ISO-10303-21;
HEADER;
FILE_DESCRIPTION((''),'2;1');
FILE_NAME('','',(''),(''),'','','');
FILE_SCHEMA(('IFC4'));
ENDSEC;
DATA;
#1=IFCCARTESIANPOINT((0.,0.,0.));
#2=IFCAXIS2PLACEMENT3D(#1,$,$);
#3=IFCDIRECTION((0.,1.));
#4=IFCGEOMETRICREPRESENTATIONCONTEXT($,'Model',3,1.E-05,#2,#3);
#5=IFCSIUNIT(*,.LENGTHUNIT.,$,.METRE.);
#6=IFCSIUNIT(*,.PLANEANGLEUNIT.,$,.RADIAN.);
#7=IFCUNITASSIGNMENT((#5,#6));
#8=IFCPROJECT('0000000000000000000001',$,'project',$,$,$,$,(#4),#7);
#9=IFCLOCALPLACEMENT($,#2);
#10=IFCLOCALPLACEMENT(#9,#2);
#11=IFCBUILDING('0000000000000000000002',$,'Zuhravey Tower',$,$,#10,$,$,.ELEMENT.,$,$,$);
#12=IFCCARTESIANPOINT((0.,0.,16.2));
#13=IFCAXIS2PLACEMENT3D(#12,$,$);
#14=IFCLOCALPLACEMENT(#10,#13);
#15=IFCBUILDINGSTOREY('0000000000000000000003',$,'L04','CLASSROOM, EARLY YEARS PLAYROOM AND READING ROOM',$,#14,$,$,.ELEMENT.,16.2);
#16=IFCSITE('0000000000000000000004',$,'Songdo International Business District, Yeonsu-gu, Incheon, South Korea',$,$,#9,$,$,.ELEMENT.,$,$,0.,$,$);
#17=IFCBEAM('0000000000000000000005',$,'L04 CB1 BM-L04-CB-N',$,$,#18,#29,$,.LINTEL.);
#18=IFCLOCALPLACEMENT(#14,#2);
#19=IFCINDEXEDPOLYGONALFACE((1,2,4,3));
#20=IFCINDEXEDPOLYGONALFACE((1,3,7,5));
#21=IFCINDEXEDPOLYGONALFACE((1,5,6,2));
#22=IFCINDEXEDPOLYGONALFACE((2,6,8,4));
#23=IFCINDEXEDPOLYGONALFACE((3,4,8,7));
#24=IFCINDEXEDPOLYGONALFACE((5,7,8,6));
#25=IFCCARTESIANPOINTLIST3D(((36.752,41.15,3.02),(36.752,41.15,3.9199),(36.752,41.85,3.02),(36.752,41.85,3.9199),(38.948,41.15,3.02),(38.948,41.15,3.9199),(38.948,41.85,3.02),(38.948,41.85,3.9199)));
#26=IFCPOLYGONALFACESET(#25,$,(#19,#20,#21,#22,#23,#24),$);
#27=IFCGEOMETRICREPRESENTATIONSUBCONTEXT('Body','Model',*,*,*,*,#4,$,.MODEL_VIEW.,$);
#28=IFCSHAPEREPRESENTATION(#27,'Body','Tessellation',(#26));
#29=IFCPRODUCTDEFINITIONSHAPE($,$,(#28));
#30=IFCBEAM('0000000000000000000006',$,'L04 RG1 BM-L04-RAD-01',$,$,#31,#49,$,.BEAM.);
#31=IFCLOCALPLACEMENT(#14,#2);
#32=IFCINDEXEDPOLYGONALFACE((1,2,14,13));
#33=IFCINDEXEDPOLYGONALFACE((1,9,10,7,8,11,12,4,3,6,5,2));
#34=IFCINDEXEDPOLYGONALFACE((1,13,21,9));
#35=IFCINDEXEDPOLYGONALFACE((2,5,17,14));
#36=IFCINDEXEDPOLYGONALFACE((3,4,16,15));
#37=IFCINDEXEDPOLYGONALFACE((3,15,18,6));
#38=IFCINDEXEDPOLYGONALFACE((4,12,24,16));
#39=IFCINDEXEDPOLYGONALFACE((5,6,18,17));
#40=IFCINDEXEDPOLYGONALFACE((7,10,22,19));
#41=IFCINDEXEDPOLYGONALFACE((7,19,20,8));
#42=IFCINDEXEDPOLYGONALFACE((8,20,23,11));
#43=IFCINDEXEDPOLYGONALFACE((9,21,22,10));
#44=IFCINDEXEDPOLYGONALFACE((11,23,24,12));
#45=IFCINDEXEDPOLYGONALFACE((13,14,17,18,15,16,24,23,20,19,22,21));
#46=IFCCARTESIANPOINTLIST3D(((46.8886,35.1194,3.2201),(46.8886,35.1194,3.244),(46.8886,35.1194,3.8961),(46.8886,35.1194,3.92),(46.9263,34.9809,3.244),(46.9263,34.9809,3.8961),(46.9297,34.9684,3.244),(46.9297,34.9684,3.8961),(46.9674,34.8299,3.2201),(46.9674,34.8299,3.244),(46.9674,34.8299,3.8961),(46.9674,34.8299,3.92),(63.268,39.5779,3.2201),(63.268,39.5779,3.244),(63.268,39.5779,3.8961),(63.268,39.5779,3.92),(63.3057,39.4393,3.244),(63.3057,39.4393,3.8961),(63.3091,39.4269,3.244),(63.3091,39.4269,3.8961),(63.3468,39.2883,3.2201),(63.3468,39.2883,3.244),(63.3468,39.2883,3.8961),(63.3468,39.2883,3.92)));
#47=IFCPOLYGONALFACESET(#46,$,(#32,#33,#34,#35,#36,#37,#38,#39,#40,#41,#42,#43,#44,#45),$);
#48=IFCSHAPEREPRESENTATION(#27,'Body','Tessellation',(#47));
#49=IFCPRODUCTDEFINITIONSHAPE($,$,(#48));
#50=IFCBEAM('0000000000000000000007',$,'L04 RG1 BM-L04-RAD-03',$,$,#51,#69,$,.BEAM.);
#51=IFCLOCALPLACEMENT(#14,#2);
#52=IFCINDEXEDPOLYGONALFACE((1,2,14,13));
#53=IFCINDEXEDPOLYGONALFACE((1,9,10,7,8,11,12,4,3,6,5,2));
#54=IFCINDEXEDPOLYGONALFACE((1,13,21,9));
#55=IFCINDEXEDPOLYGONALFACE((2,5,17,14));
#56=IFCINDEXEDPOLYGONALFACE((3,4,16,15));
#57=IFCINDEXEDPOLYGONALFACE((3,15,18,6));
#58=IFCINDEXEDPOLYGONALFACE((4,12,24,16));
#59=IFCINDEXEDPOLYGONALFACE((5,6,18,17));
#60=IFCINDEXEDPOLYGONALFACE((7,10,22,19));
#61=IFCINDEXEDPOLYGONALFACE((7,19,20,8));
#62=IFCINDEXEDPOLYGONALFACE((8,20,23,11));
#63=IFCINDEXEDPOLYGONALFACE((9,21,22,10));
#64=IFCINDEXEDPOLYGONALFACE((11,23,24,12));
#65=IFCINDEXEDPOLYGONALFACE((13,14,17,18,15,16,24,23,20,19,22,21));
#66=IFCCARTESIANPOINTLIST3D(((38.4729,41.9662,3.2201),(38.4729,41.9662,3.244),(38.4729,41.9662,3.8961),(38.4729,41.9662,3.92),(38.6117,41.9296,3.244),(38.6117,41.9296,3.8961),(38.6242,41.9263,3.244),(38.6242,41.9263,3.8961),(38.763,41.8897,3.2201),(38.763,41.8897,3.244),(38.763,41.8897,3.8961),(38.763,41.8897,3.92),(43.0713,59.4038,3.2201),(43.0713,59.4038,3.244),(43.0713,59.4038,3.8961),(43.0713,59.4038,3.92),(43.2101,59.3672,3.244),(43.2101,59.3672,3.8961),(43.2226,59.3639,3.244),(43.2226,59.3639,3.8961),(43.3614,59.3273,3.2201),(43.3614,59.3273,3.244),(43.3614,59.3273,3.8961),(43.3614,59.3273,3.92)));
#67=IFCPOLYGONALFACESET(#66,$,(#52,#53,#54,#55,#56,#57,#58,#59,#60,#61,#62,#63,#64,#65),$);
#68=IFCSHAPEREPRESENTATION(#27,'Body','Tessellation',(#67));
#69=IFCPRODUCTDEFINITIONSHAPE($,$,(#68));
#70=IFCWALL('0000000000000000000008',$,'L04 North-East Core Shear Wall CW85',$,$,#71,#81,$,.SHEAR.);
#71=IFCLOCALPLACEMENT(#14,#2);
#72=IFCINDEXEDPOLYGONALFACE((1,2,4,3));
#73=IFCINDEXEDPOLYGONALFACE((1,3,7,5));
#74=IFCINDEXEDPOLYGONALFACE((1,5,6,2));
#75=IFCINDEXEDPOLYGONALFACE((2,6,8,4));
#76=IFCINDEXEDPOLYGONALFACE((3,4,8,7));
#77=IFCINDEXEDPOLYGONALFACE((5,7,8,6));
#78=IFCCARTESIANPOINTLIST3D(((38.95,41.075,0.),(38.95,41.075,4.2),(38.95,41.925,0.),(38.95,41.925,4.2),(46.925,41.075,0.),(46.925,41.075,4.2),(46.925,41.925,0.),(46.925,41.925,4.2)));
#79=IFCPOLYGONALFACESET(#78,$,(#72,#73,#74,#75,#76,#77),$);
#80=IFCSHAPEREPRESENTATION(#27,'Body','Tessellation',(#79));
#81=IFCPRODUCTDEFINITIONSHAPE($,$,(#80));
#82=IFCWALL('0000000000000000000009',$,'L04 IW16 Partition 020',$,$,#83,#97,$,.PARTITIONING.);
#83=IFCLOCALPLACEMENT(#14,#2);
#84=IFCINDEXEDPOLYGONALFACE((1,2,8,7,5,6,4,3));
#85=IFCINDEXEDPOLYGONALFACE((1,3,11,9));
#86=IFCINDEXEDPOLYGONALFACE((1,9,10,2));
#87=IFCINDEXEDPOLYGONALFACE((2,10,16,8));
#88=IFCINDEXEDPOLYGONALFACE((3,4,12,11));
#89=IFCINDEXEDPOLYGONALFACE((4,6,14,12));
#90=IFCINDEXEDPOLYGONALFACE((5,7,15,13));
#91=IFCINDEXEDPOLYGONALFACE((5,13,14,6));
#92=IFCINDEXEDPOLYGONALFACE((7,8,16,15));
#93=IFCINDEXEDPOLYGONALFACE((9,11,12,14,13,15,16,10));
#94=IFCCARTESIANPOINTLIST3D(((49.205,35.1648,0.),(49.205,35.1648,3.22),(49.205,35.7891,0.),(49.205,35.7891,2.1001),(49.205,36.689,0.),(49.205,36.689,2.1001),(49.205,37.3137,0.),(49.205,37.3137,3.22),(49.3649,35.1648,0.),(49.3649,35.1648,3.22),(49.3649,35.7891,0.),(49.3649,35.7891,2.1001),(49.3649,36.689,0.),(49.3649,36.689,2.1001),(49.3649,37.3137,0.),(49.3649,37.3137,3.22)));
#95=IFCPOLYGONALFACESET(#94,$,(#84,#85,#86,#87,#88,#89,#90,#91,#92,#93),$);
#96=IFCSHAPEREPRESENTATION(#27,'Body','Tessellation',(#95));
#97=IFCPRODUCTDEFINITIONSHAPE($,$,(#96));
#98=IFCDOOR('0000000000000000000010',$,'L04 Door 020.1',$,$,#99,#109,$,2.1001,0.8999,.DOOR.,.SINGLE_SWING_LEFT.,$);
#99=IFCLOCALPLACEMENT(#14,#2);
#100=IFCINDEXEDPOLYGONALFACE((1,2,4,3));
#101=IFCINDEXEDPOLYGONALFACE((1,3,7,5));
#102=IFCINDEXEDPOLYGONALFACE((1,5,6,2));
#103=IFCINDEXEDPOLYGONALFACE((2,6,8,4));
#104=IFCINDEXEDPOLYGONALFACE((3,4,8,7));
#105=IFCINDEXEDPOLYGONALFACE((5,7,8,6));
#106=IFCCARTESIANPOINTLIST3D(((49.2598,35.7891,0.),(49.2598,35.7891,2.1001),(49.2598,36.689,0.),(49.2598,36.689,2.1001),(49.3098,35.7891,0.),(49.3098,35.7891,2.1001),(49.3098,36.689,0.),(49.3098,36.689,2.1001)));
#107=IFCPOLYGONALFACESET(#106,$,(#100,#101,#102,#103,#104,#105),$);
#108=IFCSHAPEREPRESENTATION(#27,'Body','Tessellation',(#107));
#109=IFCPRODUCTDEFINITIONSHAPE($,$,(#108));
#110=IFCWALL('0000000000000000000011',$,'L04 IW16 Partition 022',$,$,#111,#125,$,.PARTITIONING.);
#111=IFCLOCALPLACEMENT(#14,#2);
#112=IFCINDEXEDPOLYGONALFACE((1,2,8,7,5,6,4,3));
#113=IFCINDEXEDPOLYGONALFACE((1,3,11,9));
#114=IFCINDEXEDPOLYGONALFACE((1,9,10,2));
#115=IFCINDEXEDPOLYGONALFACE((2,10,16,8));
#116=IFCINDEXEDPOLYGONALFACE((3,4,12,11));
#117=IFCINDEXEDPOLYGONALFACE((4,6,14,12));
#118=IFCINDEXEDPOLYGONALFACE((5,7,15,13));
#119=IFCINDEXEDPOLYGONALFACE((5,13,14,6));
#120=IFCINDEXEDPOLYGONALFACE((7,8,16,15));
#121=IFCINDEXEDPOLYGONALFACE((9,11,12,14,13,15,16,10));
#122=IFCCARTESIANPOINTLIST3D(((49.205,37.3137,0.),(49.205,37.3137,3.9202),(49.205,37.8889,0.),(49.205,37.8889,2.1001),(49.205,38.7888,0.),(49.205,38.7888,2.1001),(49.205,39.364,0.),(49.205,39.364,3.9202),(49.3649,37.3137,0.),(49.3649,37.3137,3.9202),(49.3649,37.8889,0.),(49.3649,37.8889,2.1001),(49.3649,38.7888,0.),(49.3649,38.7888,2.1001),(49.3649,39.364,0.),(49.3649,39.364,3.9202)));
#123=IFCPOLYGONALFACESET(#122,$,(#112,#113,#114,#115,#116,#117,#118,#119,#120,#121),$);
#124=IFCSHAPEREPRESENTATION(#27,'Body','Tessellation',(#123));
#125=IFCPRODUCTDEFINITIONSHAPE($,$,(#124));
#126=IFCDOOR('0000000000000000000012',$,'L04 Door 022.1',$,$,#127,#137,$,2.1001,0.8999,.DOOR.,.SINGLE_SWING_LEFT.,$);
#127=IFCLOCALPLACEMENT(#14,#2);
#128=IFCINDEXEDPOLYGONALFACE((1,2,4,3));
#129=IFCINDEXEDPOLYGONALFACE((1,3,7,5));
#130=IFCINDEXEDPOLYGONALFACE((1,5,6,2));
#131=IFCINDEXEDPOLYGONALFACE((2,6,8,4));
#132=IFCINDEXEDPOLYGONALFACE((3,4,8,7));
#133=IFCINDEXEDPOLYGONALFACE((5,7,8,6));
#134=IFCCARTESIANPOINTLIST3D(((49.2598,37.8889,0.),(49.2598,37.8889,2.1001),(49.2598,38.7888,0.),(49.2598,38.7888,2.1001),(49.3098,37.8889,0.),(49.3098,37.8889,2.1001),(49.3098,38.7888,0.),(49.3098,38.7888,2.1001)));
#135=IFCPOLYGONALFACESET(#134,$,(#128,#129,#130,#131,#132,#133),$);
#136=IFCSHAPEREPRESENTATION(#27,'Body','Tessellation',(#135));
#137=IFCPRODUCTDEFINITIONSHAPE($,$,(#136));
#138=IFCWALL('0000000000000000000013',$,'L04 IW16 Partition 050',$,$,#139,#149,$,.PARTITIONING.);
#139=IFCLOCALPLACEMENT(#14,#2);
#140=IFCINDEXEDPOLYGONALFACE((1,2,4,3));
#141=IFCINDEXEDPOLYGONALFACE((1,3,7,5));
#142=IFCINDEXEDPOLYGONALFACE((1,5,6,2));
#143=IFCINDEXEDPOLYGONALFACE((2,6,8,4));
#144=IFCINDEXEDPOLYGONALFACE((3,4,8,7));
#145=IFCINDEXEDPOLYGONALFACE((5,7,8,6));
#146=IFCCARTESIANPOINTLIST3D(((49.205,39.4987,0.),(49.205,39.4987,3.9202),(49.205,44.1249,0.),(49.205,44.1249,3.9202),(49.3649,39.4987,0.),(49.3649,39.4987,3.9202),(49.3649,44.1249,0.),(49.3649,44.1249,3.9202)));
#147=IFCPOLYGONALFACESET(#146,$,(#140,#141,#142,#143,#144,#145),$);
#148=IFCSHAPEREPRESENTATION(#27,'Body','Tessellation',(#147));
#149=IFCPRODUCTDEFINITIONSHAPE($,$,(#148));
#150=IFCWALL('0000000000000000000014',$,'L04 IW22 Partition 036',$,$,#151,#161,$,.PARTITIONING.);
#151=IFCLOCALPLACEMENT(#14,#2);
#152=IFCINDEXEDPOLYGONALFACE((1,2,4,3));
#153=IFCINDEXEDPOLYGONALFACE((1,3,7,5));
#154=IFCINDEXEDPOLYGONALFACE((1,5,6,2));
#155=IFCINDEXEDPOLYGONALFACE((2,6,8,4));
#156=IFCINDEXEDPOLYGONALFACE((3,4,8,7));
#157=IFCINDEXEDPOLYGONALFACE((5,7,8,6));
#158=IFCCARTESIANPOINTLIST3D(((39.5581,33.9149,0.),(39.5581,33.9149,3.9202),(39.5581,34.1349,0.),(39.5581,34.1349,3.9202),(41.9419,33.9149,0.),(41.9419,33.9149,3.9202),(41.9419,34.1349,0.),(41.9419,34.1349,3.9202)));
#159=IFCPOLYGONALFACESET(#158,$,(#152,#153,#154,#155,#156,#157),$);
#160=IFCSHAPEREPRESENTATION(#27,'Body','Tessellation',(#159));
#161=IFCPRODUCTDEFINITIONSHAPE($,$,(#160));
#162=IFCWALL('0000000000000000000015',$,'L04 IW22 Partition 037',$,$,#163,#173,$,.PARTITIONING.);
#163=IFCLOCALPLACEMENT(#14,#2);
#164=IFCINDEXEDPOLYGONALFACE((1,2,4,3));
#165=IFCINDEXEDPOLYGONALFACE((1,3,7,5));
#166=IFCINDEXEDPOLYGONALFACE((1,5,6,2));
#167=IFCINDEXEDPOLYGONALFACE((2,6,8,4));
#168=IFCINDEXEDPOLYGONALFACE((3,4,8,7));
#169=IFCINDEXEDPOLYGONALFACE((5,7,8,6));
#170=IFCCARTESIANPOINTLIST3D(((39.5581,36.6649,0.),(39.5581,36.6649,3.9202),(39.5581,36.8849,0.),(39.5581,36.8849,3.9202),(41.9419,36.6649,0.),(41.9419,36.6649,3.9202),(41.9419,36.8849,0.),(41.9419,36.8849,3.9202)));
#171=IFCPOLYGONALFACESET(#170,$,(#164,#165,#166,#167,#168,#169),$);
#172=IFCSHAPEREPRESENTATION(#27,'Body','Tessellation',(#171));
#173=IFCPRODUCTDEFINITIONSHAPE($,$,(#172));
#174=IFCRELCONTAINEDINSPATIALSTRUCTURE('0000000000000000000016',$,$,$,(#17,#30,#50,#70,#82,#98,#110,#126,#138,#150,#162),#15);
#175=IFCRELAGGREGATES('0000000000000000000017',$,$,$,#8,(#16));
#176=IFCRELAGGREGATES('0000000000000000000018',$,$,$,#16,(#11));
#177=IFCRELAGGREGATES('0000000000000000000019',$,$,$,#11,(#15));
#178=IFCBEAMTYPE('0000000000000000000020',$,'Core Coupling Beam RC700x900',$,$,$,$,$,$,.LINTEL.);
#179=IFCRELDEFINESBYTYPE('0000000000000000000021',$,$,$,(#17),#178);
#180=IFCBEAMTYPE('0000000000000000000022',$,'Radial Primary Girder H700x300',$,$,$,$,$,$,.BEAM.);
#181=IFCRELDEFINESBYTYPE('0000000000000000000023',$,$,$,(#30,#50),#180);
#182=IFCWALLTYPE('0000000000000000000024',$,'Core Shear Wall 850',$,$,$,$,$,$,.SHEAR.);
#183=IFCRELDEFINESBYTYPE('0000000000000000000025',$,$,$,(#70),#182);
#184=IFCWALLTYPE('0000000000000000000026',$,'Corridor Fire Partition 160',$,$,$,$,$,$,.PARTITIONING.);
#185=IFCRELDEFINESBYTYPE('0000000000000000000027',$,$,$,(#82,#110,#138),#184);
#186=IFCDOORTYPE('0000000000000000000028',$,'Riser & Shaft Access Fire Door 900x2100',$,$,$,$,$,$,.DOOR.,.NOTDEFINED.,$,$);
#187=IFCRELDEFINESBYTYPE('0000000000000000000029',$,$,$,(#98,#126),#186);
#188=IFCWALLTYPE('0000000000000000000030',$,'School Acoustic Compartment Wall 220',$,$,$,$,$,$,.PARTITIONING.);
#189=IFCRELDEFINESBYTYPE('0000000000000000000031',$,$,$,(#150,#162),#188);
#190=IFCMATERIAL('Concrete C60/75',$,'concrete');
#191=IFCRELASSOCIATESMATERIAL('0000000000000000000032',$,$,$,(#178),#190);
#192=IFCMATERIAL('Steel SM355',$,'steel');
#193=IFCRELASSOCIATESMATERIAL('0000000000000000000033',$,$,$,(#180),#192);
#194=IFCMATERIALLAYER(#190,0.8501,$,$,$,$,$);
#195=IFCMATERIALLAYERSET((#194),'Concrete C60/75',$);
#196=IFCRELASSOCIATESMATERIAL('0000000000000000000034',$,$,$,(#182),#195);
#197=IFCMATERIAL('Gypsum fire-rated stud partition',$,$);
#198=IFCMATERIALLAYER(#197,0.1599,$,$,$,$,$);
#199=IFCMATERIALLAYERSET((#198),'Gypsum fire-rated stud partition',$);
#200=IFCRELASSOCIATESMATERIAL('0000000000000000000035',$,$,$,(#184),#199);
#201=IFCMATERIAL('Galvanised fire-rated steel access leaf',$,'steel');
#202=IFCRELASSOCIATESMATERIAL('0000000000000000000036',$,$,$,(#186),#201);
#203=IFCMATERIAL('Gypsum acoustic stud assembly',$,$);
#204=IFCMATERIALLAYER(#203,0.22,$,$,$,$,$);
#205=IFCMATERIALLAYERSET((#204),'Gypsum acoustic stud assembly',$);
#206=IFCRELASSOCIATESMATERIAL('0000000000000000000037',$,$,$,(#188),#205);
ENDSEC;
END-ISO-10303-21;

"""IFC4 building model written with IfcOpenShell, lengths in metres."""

from ifc_helpers import new_model, si_unit, direction, frame, frame_2d, origin, origin_2d, place, context, subcontext, project, spatial, rectangle, i_section, extrude, material, layer, layer_set, material_profile, profile_set, type_object, element, fill, save


model = new_model("IFC4")

# Units and contexts
model_context = context("Model", 3, precision=1e-05, world=origin(), true_north=direction((0.0, 1.0)))
body_context = subcontext(model_context, "Body", "Model", "MODEL_VIEW")
ifc_project = project(units=[si_unit("LENGTHUNIT", "METRE"), si_unit("PLANEANGLEUNIT", "RADIAN")], contexts=[model_context])

# Site, building, storey
site_placement = place(None, origin())
site = spatial("IfcSite", under=ifc_project, at=site_placement, Name="Songdo International Business District, Yeonsu-gu, Incheon, South Korea", CompositionType="ELEMENT", RefElevation=0.0)
building_placement = place(site_placement, origin())
building = spatial("IfcBuilding", under=site, at=building_placement, Name="Zuhravey Tower", CompositionType="ELEMENT")
storey_placement = place(building_placement, frame((0.0, 0.0, 16.2)))
storey = spatial("IfcBuildingStorey", under=building, at=storey_placement, Name="L04", Description="CLASSROOM, EARLY YEARS PLAYROOM AND READING ROOM", CompositionType="ELEMENT", Elevation=16.2)

# Beams
ifc_material_1 = material(Name="Concrete C60/75", Category="concrete")
ifc_material_profile_1 = material_profile(ifc_material_1, rectangle(XDim=0.7, YDim=0.8999, at=origin_2d()), Name="RC-700x900")
ifc_profile_set_1 = profile_set([ifc_material_profile_1], Name="Concrete C60/75")
beam_type_1 = type_object("IfcBeamType", Name="Core Coupling Beam RC700x900", PredefinedType="LINTEL", material=ifc_profile_set_1)
beam_1_placement = place(storey_placement, frame((36.752, 41.5, 3.47), z_axis=(1.0, 0.0, 0.0), x_axis=(0.0, 1.0, 0.0)))
element("IfcBeam", 1, at=beam_1_placement, inside=storey, type_object=beam_type_1, Name="L04 CB1 BM-L04-CB-N", PredefinedType="LINTEL", context=body_context, shape_type="SweptSolid", body=[
    extrude(rectangle(XDim=0.7, YDim=0.8999, at=origin_2d()), origin(), (0.0, 0.0, 1.0), 2.196),
])
ifc_material_2 = material(Name="Steel SM355", Category="steel")
ifc_material_profile_2 = material_profile(ifc_material_2, i_section(OverallWidth=0.3, OverallDepth=0.7, WebThickness=0.0129, FlangeThickness=0.0239, at=origin_2d()), Name="H-700x300x13x24")
ifc_profile_set_2 = profile_set([ifc_material_profile_2], Name="Steel SM355")
beam_type_2 = type_object("IfcBeamType", Name="Radial Primary Girder H700x300", PredefinedType="BEAM", material=ifc_profile_set_2)
beam_2_placement = place(storey_placement, frame((46.928, 34.9746, 3.5701), z_axis=(0.964892, 0.262645, 0.0), x_axis=(-0.262645, 0.964892, 0.0)))
element("IfcBeam", 2, at=beam_2_placement, inside=storey, type_object=beam_type_2, Name="L04 RG1 BM-L04-RAD-01", PredefinedType="BEAM", context=body_context, shape_type="SweptSolid", body=[
    extrude(i_section(OverallWidth=0.3, OverallDepth=0.7, WebThickness=0.0129, FlangeThickness=0.0239, at=origin_2d()), origin(), (0.0, 0.0, 1.0), 16.9753),
])
beam_3_placement = place(storey_placement, frame((38.6179, 41.928, 3.5701), z_axis=(0.25499, 0.966944, 0.0), x_axis=(-0.966944, 0.25499, 0.0)))
element("IfcBeam", 3, at=beam_3_placement, inside=storey, type_object=beam_type_2, Name="L04 RG1 BM-L04-RAD-03", PredefinedType="BEAM", context=body_context, shape_type="SweptSolid", body=[
    extrude(i_section(OverallWidth=0.3, OverallDepth=0.7, WebThickness=0.0129, FlangeThickness=0.0239, at=origin_2d()), origin(), (0.0, 0.0, 1.0), 18.0337),
])

# Wall
ifc_layer_1 = layer(ifc_material_1, 0.8501)
ifc_layer_set_1 = layer_set([ifc_layer_1], Name="Concrete C60/75")
wall_type_1 = type_object("IfcWallType", Name="Core Shear Wall 850", PredefinedType="SHEAR", material=ifc_layer_set_1)
wall_1_placement = place(storey_placement, frame((46.925, 41.5, 0.0), z_axis=(0.0, 0.0, 1.0), x_axis=(-1.0, 0.0, 0.0)))
element("IfcWall", 4, at=wall_1_placement, inside=storey, type_object=wall_type_1, Name="L04 North-East Core Shear Wall CW85", PredefinedType="SHEAR", context=body_context, shape_type="SweptSolid", body=[
    extrude(rectangle(XDim=7.9751, YDim=0.8501, at=frame_2d((3.9875, 0.0))), origin(), (0.0, 0.0, 1.0), 4.2),
])

# Walls, openings, doors
ifc_material_3 = material(Name="Gypsum fire-rated stud partition")
ifc_layer_2 = layer(ifc_material_3, 0.1599)
ifc_layer_set_2 = layer_set([ifc_layer_2], Name="Gypsum fire-rated stud partition")
wall_type_2 = type_object("IfcWallType", Name="Corridor Fire Partition 160", PredefinedType="PARTITIONING", material=ifc_layer_set_2)
wall_2_placement = place(storey_placement, frame((49.2849, 35.1648, 0.0), z_axis=(0.0, 0.0, 1.0), x_axis=(0.0, 1.0, 0.0)))
wall_2 = element("IfcWall", 5, at=wall_2_placement, inside=storey, type_object=wall_type_2, Name="L04 IW16 Partition 020", PredefinedType="PARTITIONING", context=body_context, shape_type="SweptSolid", body=[
    extrude(rectangle(XDim=2.1489, YDim=0.1599, at=frame_2d((1.0745, 0.0))), origin(), (0.0, 0.0, 1.0), 3.22),
])
opening_1_placement = place(wall_2_placement, frame((0.6243, 0.0, 0.0)))
opening_1 = element("IfcOpeningElement", 6, at=opening_1_placement, cuts=wall_2, PredefinedType="OPENING", context=body_context, shape_type="SweptSolid", body=[
    extrude(rectangle(XDim=0.8999, YDim=2.1001, at=frame_2d((0.45, 1.05))), frame((0.0, 0.092, 0.0), z_axis=(0.0, -1.0, 0.0), x_axis=(1.0, 0.0, 0.0)), (0.0, 0.0, 1.0), 0.1838),
])
ifc_material_4 = material(Name="Galvanised fire-rated steel access leaf", Category="steel")
door_type_1 = type_object("IfcDoorType", Name="Riser & Shaft Access Fire Door 900x2100", OperationType="NOTDEFINED", PredefinedType="DOOR", material=ifc_material_4)
door_1_placement = place(opening_1_placement, frame((0.8999, 0.0, 0.0), z_axis=(0.0, 0.0, 1.0), x_axis=(-1.0, 0.0, 0.0)))
door_1 = element("IfcDoor", 7, at=door_1_placement, inside=storey, type_object=door_type_1, Name="L04 Door 020.1", OperationType="SINGLE_SWING_LEFT", OverallHeight=2.1001, OverallWidth=0.8999, PredefinedType="DOOR", context=body_context, shape_type="SweptSolid", body=[
    extrude(rectangle(XDim=0.8999, YDim=2.1001, at=frame_2d((0.45, 1.05))), frame((0.0, 0.0249, 0.0), z_axis=(0.0, -1.0, 0.0), x_axis=(1.0, 0.0, 0.0)), (0.0, 0.0, 1.0), 0.05),
])
fill(opening_1, door_1)
wall_3_placement = place(storey_placement, frame((49.2849, 37.3137, 0.0), z_axis=(0.0, 0.0, 1.0), x_axis=(0.0, 1.0, 0.0)))
wall_3 = element("IfcWall", 8, at=wall_3_placement, inside=storey, type_object=wall_type_2, Name="L04 IW16 Partition 022", PredefinedType="PARTITIONING", context=body_context, shape_type="SweptSolid", body=[
    extrude(rectangle(XDim=2.0503, YDim=0.1599, at=frame_2d((1.0251, 0.0))), origin(), (0.0, 0.0, 1.0), 3.9202),
])
opening_2_placement = place(wall_3_placement, frame((0.5752, 0.0, 0.0)))
opening_2 = element("IfcOpeningElement", 9, at=opening_2_placement, cuts=wall_3, PredefinedType="OPENING", context=body_context, shape_type="SweptSolid", body=[
    extrude(rectangle(XDim=0.8999, YDim=2.1001, at=frame_2d((0.45, 1.05))), frame((0.0, 0.092, 0.0), z_axis=(0.0, -1.0, 0.0), x_axis=(1.0, 0.0, 0.0)), (0.0, 0.0, 1.0), 0.1838),
])
door_2_placement = place(opening_2_placement, frame((0.8999, 0.0, 0.0), z_axis=(0.0, 0.0, 1.0), x_axis=(-1.0, 0.0, 0.0)))
door_2 = element("IfcDoor", 10, at=door_2_placement, inside=storey, type_object=door_type_1, Name="L04 Door 022.1", OperationType="SINGLE_SWING_LEFT", OverallHeight=2.1001, OverallWidth=0.8999, PredefinedType="DOOR", context=body_context, shape_type="SweptSolid", body=[
    extrude(rectangle(XDim=0.8999, YDim=2.1001, at=frame_2d((0.45, 1.05))), frame((0.0, 0.0249, 0.0), z_axis=(0.0, -1.0, 0.0), x_axis=(1.0, 0.0, 0.0)), (0.0, 0.0, 1.0), 0.05),
])
fill(opening_2, door_2)

# Wall
wall_4_placement = place(storey_placement, frame((49.2849, 39.4988, 0.0), z_axis=(0.0, 0.0, 1.0), x_axis=(0.0, 1.0, 0.0)))
element("IfcWall", 11, at=wall_4_placement, inside=storey, type_object=wall_type_2, Name="L04 IW16 Partition 050", PredefinedType="PARTITIONING", context=body_context, shape_type="SweptSolid", body=[
    extrude(rectangle(XDim=4.6262, YDim=0.1599, at=frame_2d((2.313, 0.0))), origin(), (0.0, 0.0, 1.0), 3.9202),
])

# Walls
ifc_material_5 = material(Name="Gypsum acoustic stud assembly")
ifc_layer_3 = layer(ifc_material_5, 0.22)
ifc_layer_set_3 = layer_set([ifc_layer_3], Name="Gypsum acoustic stud assembly")
wall_type_3 = type_object("IfcWallType", Name="School Acoustic Compartment Wall 220", PredefinedType="PARTITIONING", material=ifc_layer_set_3)
for number, where, z_axis, x_axis, name in (
    (12, (39.5581, 34.0249, 0.0), (0.0, 0.0, 1.0), (1.0, 0.0, 0.0), "L04 IW22 Partition 036"),
    (13, (39.5581, 36.7749, 0.0), (0.0, 0.0, 1.0), (1.0, 0.0, 0.0), "L04 IW22 Partition 037"),
):
    element("IfcWall", number, at=place(storey_placement, frame(where, z_axis=z_axis, x_axis=x_axis)), inside=storey, type_object=wall_type_3, Name=name, PredefinedType="PARTITIONING", context=body_context, shape_type="SweptSolid", body=[
        extrude(rectangle(XDim=2.3838, YDim=0.22, at=frame_2d((1.1919, 0.0))), origin(), (0.0, 0.0, 1.0), 3.9202),
    ])

save(model, "model.ifc")
